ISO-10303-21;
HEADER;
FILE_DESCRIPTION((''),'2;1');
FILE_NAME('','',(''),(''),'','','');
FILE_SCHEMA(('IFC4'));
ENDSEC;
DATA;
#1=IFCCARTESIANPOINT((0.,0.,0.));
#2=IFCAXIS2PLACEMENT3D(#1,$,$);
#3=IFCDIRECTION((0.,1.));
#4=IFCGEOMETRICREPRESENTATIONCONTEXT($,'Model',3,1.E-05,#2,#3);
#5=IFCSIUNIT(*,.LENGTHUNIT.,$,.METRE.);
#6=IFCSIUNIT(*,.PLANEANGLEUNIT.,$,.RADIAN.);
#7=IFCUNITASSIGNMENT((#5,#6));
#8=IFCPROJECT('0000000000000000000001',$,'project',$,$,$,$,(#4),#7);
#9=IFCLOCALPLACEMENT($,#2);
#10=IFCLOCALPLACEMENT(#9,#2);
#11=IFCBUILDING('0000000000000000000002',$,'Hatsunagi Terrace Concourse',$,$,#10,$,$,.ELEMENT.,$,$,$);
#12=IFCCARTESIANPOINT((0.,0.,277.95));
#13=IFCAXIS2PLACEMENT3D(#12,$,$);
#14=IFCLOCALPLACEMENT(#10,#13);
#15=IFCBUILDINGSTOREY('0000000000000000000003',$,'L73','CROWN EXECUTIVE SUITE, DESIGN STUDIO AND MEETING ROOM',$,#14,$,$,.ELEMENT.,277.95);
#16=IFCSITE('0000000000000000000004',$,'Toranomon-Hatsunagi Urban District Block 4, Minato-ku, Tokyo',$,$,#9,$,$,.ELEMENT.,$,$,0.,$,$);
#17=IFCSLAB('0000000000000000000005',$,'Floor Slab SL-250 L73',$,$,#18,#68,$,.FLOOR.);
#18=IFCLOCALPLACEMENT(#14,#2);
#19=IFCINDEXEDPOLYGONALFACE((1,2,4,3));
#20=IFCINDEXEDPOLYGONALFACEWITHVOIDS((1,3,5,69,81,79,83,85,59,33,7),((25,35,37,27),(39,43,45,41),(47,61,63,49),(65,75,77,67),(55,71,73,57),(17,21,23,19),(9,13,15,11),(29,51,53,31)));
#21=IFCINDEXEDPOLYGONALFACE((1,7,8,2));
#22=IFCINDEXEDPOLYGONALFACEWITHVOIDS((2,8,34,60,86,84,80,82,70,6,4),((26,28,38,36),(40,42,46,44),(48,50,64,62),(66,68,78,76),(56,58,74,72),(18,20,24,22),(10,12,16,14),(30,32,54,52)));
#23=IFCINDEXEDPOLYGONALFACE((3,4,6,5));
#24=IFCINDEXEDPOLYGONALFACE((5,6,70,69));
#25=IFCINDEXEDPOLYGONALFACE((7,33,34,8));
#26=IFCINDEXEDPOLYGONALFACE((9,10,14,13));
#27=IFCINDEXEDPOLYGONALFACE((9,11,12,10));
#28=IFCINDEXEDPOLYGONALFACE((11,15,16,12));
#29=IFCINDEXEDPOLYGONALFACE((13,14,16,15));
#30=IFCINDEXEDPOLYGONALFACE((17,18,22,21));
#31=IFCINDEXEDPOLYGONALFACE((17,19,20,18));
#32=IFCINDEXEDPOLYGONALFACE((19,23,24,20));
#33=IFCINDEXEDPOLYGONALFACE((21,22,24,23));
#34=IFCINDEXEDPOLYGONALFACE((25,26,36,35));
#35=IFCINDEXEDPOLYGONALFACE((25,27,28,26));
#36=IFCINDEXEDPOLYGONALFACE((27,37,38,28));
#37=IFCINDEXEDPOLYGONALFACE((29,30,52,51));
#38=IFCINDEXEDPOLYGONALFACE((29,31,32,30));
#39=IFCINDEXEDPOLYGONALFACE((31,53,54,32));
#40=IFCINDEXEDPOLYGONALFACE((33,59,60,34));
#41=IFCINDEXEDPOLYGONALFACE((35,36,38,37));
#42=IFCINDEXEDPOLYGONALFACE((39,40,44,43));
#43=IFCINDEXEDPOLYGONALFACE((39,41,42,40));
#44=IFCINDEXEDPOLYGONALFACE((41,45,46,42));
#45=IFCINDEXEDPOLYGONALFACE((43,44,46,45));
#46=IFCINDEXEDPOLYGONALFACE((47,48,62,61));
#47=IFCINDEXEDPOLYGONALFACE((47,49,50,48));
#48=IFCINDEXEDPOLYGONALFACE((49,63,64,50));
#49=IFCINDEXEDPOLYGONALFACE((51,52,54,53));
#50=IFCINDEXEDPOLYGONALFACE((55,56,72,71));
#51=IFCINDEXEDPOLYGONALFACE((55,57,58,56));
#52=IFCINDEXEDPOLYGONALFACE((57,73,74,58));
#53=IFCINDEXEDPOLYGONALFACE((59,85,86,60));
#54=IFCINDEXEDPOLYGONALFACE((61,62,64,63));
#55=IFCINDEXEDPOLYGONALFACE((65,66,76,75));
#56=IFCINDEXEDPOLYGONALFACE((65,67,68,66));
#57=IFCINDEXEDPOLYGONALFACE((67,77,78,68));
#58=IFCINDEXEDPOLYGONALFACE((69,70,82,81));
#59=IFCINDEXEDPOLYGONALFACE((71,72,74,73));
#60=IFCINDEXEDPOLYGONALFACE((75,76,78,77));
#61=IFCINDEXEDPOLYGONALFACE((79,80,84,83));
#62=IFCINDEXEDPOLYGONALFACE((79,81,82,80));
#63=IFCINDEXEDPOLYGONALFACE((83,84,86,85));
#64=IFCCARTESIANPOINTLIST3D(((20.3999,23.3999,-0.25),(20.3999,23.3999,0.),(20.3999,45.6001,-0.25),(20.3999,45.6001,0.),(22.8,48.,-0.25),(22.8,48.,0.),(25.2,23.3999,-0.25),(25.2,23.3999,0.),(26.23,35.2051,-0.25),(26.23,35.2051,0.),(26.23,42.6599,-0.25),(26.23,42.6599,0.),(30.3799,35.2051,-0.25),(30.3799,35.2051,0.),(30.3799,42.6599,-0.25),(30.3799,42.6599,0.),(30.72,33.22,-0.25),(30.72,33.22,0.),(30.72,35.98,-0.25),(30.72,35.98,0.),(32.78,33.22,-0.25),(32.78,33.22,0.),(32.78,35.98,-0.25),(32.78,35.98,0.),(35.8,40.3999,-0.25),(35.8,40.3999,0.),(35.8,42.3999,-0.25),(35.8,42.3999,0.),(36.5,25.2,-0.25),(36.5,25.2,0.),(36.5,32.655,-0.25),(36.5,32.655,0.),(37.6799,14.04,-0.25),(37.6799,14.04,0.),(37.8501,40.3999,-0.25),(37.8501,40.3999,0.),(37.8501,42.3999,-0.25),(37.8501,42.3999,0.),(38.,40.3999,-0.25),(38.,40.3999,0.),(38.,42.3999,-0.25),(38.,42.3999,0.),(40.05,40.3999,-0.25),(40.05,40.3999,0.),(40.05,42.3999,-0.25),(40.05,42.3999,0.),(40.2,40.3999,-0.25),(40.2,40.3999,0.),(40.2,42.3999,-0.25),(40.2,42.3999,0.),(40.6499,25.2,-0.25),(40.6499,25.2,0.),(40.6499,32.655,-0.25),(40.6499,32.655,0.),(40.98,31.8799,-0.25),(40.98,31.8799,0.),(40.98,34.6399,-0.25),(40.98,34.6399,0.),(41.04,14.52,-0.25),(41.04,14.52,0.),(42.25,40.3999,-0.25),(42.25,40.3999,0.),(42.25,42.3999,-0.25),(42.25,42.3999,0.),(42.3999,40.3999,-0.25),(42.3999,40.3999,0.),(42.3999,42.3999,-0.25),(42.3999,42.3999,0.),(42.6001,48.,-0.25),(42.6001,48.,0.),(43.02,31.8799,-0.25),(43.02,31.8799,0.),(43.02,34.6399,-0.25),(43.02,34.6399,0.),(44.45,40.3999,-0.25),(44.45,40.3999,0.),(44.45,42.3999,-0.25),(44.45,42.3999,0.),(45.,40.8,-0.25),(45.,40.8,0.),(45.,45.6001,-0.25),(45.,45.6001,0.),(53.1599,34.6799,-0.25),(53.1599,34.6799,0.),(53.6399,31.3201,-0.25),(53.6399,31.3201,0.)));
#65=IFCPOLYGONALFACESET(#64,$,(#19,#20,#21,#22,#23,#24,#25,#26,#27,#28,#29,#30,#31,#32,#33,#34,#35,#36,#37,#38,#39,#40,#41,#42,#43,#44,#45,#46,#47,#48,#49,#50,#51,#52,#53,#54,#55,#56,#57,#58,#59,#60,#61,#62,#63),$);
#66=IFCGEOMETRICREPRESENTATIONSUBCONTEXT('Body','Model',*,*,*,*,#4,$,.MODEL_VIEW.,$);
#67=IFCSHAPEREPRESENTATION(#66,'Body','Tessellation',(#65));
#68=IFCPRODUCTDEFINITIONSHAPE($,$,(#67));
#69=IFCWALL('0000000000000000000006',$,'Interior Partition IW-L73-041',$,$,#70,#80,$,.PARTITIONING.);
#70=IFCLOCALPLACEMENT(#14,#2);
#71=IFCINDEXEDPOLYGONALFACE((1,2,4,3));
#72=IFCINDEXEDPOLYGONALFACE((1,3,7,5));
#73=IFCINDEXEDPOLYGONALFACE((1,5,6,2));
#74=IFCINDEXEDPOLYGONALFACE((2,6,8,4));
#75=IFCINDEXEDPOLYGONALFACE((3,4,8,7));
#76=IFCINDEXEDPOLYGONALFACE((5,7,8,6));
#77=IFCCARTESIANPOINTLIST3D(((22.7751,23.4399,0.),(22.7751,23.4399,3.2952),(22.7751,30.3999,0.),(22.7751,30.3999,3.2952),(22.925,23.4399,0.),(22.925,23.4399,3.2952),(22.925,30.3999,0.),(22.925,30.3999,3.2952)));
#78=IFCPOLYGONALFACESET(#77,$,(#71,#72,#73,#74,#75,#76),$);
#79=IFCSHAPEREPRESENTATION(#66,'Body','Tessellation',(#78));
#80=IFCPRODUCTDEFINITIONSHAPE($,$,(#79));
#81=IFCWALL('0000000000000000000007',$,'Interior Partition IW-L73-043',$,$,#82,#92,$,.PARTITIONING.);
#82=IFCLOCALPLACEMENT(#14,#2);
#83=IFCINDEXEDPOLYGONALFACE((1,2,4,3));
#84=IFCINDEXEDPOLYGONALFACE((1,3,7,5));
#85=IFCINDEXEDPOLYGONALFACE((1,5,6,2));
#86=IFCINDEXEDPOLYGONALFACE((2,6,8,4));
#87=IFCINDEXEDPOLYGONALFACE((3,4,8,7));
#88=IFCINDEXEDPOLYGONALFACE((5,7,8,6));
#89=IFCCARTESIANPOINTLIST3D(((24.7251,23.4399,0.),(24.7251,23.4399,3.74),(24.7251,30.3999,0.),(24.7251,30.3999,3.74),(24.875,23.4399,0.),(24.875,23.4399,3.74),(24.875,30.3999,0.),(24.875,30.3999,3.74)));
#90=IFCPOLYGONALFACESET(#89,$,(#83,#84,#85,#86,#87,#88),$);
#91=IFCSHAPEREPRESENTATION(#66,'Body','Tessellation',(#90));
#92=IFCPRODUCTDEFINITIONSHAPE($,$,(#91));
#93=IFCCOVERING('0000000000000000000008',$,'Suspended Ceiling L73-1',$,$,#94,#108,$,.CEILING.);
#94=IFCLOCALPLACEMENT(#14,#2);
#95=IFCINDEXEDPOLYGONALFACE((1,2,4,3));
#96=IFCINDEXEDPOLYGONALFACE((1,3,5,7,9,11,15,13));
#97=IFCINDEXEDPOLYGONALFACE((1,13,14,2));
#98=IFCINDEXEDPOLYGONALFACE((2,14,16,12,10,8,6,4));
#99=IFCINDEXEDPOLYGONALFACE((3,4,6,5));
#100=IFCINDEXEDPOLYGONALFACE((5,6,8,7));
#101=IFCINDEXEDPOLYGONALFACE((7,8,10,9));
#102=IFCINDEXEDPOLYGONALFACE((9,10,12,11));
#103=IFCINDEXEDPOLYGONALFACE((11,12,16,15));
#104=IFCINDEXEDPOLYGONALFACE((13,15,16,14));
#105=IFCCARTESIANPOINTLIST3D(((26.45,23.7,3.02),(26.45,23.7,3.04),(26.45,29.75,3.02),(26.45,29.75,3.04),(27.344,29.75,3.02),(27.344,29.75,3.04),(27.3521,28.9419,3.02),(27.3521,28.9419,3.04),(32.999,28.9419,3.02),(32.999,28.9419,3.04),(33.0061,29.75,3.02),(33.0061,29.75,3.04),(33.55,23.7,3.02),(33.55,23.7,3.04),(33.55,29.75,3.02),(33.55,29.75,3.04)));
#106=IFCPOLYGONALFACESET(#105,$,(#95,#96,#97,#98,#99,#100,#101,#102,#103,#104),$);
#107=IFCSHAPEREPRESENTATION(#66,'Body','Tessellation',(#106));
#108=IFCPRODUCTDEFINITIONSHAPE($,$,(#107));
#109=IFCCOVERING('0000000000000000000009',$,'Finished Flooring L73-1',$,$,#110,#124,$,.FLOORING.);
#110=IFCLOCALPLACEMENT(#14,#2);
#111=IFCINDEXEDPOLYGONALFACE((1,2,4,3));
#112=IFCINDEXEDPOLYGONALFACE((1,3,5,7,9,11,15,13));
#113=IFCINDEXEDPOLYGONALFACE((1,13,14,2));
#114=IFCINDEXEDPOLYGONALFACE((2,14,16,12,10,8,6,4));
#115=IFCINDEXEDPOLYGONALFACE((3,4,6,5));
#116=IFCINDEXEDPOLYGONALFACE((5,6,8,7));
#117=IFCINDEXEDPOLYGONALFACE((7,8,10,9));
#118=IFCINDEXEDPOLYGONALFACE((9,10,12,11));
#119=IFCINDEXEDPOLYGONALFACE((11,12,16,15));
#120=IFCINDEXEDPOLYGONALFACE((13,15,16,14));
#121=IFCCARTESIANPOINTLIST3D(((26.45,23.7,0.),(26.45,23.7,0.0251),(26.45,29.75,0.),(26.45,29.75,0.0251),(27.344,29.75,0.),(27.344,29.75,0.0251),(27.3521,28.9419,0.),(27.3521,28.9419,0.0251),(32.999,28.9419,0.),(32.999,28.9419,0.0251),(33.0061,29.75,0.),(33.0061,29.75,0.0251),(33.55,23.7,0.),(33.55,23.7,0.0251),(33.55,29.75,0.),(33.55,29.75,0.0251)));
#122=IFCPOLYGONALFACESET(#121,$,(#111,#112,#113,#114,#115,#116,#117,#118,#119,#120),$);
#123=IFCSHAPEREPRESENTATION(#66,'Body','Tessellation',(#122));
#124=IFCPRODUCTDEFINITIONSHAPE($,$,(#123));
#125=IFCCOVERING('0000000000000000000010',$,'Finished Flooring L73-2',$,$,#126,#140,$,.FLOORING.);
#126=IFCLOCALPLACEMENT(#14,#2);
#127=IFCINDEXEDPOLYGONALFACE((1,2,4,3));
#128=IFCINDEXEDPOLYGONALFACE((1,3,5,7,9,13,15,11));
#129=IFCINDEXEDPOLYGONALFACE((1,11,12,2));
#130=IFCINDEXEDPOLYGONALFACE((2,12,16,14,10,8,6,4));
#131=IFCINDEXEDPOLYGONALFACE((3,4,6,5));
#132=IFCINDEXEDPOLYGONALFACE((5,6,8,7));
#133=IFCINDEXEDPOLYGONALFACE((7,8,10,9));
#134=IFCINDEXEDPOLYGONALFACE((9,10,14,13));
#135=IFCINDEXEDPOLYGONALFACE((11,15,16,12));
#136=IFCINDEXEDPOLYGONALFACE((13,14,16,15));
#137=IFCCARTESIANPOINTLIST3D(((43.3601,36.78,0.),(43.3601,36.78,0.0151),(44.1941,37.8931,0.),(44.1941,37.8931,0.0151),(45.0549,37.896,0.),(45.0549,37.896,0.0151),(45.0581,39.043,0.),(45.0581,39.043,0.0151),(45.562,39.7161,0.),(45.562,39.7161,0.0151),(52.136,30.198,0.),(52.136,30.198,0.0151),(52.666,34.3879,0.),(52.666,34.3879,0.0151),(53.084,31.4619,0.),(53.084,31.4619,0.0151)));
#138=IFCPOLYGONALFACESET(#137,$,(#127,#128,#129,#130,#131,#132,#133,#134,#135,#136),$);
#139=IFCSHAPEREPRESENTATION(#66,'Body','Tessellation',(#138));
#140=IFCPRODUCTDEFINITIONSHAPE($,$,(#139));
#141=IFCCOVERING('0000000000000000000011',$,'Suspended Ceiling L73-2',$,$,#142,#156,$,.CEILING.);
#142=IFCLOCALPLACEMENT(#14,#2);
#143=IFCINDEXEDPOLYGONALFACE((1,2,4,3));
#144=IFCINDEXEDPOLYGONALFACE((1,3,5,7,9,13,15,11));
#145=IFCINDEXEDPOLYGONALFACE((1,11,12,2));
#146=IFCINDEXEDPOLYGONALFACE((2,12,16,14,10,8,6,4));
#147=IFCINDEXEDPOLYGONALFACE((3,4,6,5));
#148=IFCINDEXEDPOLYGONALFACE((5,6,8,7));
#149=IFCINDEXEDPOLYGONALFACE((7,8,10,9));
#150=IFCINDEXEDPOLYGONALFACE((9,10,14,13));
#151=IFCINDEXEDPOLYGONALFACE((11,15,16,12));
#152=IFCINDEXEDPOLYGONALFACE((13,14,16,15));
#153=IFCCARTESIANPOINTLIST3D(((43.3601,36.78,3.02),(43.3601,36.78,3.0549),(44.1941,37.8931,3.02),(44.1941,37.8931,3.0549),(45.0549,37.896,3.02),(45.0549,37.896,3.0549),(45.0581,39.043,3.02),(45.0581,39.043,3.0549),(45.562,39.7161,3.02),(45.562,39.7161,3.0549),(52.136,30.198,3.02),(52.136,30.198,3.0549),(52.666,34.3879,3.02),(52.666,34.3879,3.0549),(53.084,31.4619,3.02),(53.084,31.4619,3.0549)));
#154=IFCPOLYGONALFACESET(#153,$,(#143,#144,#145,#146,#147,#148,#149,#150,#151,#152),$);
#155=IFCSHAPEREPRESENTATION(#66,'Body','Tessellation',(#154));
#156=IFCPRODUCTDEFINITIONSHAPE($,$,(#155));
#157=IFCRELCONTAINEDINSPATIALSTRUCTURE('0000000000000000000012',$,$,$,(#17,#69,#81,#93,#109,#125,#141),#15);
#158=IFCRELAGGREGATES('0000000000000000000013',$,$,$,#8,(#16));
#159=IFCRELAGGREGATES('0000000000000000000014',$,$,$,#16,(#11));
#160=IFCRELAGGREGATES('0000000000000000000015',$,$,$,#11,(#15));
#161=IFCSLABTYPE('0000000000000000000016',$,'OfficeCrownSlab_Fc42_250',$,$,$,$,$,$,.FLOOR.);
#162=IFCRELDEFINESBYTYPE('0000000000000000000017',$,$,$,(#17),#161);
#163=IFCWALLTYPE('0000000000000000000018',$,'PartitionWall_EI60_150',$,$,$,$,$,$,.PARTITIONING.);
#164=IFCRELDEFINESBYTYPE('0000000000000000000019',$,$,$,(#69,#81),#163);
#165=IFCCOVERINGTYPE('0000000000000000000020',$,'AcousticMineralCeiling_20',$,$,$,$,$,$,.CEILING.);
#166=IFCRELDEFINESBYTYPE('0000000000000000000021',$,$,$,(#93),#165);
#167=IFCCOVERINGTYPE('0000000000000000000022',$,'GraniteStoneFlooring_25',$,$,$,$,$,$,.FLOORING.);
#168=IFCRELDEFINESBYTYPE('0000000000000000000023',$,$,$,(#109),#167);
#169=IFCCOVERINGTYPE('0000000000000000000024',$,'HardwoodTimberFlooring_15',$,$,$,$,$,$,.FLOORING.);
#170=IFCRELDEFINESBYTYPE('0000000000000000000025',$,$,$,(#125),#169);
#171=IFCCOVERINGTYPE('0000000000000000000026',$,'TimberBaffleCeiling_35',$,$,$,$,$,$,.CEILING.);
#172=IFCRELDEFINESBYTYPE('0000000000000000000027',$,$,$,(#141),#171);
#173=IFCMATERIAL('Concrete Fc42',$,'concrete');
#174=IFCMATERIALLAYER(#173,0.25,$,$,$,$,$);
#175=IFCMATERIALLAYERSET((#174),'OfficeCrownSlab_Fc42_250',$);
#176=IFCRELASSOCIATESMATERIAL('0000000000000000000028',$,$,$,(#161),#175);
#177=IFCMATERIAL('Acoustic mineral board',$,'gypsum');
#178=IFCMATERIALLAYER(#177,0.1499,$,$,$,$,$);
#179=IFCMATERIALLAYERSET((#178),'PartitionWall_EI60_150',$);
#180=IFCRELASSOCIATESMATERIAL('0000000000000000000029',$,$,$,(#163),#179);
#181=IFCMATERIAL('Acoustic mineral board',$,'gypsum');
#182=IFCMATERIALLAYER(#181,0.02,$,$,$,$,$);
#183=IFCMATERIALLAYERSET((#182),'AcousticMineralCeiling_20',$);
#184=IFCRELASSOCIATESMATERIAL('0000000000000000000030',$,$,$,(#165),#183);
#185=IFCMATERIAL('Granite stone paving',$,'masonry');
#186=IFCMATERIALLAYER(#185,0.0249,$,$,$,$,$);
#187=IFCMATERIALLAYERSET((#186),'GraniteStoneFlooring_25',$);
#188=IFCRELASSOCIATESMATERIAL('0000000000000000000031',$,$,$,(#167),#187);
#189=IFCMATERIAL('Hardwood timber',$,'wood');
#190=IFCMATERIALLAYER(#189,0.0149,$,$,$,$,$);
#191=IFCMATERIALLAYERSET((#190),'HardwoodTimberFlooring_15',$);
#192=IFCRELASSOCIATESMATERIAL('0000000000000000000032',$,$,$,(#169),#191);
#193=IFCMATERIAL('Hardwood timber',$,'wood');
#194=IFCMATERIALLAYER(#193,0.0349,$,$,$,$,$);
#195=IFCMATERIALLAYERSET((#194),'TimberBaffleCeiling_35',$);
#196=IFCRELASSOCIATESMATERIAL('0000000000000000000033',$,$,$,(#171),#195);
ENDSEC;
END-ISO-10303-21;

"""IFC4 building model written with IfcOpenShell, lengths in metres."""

from ifc_helpers import new_model, si_unit, direction, frame, frame_2d, origin, place, context, subcontext, project, spatial, polyline, rectangle, outline, extrude, material, layer, layer_set, type_object, element, save


model = new_model("IFC4")

# Units and contexts
model_context = context("Model", 3, precision=1e-05, world=origin(), true_north=direction((0.0, 1.0)))
body_context = subcontext(model_context, "Body", "Model", "MODEL_VIEW")
ifc_project = project(units=[si_unit("LENGTHUNIT", "METRE"), si_unit("PLANEANGLEUNIT", "RADIAN")], contexts=[model_context])

# Site, building, storey
site_placement = place(None, origin())
site = spatial("IfcSite", under=ifc_project, at=site_placement, Name="Toranomon-Hatsunagi Urban District Block 4, Minato-ku, Tokyo", CompositionType="ELEMENT", RefElevation=0.0)
building_placement = place(site_placement, origin())
building = spatial("IfcBuilding", under=site, at=building_placement, Name="Hatsunagi Terrace Concourse", CompositionType="ELEMENT")
storey_placement = place(building_placement, frame((0.0, 0.0, 277.95)))
storey = spatial("IfcBuildingStorey", under=building, at=storey_placement, Name="L73", Description="CROWN EXECUTIVE SUITE, DESIGN STUDIO AND MEETING ROOM", CompositionType="ELEMENT", Elevation=277.95)

# Slab
ifc_material_1 = material(Name="Concrete Fc42", Category="concrete")
ifc_layer_1 = layer(ifc_material_1, 0.25)
ifc_layer_set_1 = layer_set([ifc_layer_1], Name="OfficeCrownSlab_Fc42_250")
slab_type_1 = type_object("IfcSlabType", Name="OfficeCrownSlab_Fc42_250", PredefinedType="FLOOR", material=ifc_layer_set_1)
slab_1_placement = place(storey_placement, frame((0.0, 0.0, -0.25)))
element("IfcSlab", 1, at=slab_1_placement, inside=storey, type_object=slab_type_1, Name="Floor Slab SL-250 L73", PredefinedType="FLOOR", context=body_context, shape_type="SweptSolid", body=[
    extrude(outline(polyline([(45.0, 40.8), (45.0, 45.6001), (42.6001, 48.0), (22.8, 48.0), (20.3999, 45.6001), (20.3999, 23.3999), (25.2, 23.3999), (37.6799, 14.04), (41.04, 14.52), (53.6399, 31.3201), (53.1599, 34.6799), (45.0, 40.8)]), holes=[polyline([(26.23, 35.2051), (30.3799, 35.2051), (30.3799, 42.6599), (26.23, 42.6599), (26.23, 35.2051)]), polyline([(36.5, 25.2), (40.6499, 25.2), (40.6499, 32.655), (36.5, 32.655), (36.5, 25.2)]), polyline([(30.72, 33.22), (32.78, 33.22), (32.78, 35.98), (30.72, 35.98), (30.72, 33.22)]), polyline([(40.98, 31.8799), (43.02, 31.8799), (43.02, 34.6399), (40.98, 34.6399), (40.98, 31.8799)]), polyline([(35.8, 40.3999), (37.8501, 40.3999), (37.8501, 42.3999), (35.8, 42.3999), (35.8, 40.3999)]), polyline([(38.0, 40.3999), (40.05, 40.3999), (40.05, 42.3999), (38.0, 42.3999), (38.0, 40.3999)]), polyline([(40.2, 40.3999), (42.25, 40.3999), (42.25, 42.3999), (40.2, 42.3999), (40.2, 40.3999)]), polyline([(42.3999, 40.3999), (44.45, 40.3999), (44.45, 42.3999), (42.3999, 42.3999), (42.3999, 40.3999)])]), origin(), (0.0, 0.0, 1.0), 0.25),
])

# Walls
ifc_material_2 = material(Name="Acoustic mineral board", Category="gypsum")
ifc_layer_2 = layer(ifc_material_2, 0.1499)
ifc_layer_set_2 = layer_set([ifc_layer_2], Name="PartitionWall_EI60_150")
wall_type = type_object("IfcWallType", Name="PartitionWall_EI60_150", PredefinedType="PARTITIONING", material=ifc_layer_set_2)
wall_1_placement = place(storey_placement, frame((22.8501, 23.4399, 0.0), z_axis=(0.0, 0.0, 1.0), x_axis=(0.0, 1.0, 0.0)))
element("IfcWall", 2, at=wall_1_placement, inside=storey, type_object=wall_type, Name="Interior Partition IW-L73-041", PredefinedType="PARTITIONING", context=body_context, shape_type="SweptSolid", body=[
    extrude(rectangle(XDim=6.96, YDim=0.1499, at=frame_2d((3.48, 0.0))), origin(), (0.0, 0.0, 1.0), 3.2952),
])
wall_2_placement = place(storey_placement, frame((24.8, 23.4399, 0.0), z_axis=(0.0, 0.0, 1.0), x_axis=(0.0, 1.0, 0.0)))
element("IfcWall", 3, at=wall_2_placement, inside=storey, type_object=wall_type, Name="Interior Partition IW-L73-043", PredefinedType="PARTITIONING", context=body_context, shape_type="SweptSolid", body=[
    extrude(rectangle(XDim=6.96, YDim=0.1499, at=frame_2d((3.48, 0.0))), origin(), (0.0, 0.0, 1.0), 3.74),
])

# Coverings
ifc_material_3 = material(Name="Acoustic mineral board", Category="gypsum")
ifc_layer_3 = layer(ifc_material_3, 0.02)
ifc_layer_set_3 = layer_set([ifc_layer_3], Name="AcousticMineralCeiling_20")
covering_type_1 = type_object("IfcCoveringType", Name="AcousticMineralCeiling_20", PredefinedType="CEILING", material=ifc_layer_set_3)
covering_1_placement = place(storey_placement, frame((0.0, 0.0, 3.02)))
element("IfcCovering", 4, at=covering_1_placement, inside=storey, type_object=covering_type_1, Name="Suspended Ceiling L73-1", PredefinedType="CEILING", context=body_context, shape_type="SweptSolid", body=[
    extrude(outline(polyline([(33.55, 29.75), (33.0061, 29.75), (32.999, 28.9419), (27.3521, 28.9419), (27.344, 29.75), (26.45, 29.75), (26.45, 23.7), (33.55, 23.7), (33.55, 29.75)])), origin(), (0.0, 0.0, 1.0), 0.02),
])
ifc_material_4 = material(Name="Granite stone paving", Category="masonry")
ifc_layer_4 = layer(ifc_material_4, 0.0249)
ifc_layer_set_4 = layer_set([ifc_layer_4], Name="GraniteStoneFlooring_25")
covering_type_2 = type_object("IfcCoveringType", Name="GraniteStoneFlooring_25", PredefinedType="FLOORING", material=ifc_layer_set_4)
covering_2_placement = place(storey_placement, origin())
element("IfcCovering", 5, at=covering_2_placement, inside=storey, type_object=covering_type_2, Name="Finished Flooring L73-1", PredefinedType="FLOORING", context=body_context, shape_type="SweptSolid", body=[
    extrude(outline(polyline([(33.55, 29.75), (33.0061, 29.75), (32.999, 28.9419), (27.3521, 28.9419), (27.344, 29.75), (26.45, 29.75), (26.45, 23.7), (33.55, 23.7), (33.55, 29.75)])), origin(), (0.0, 0.0, 1.0), 0.0251),
])
ifc_material_5 = material(Name="Hardwood timber", Category="wood")
ifc_layer_5 = layer(ifc_material_5, 0.0149)
ifc_layer_set_5 = layer_set([ifc_layer_5], Name="HardwoodTimberFlooring_15")
covering_type_3 = type_object("IfcCoveringType", Name="HardwoodTimberFlooring_15", PredefinedType="FLOORING", material=ifc_layer_set_5)
covering_3_placement = place(storey_placement, origin())
element("IfcCovering", 6, at=covering_3_placement, inside=storey, type_object=covering_type_3, Name="Finished Flooring L73-2", PredefinedType="FLOORING", context=body_context, shape_type="SweptSolid", body=[
    extrude(outline(polyline([(52.666, 34.3879), (45.562, 39.7161), (45.0581, 39.043), (45.0549, 37.896), (44.1941, 37.8931), (43.3601, 36.78), (52.136, 30.198), (53.084, 31.4619), (52.666, 34.3879)])), origin(), (0.0, 0.0, 1.0), 0.0151),
])
ifc_material_6 = material(Name="Hardwood timber", Category="wood")
ifc_layer_6 = layer(ifc_material_6, 0.0349)
ifc_layer_set_6 = layer_set([ifc_layer_6], Name="TimberBaffleCeiling_35")
covering_type_4 = type_object("IfcCoveringType", Name="TimberBaffleCeiling_35", PredefinedType="CEILING", material=ifc_layer_set_6)
covering_4_placement = place(storey_placement, frame((0.0, 0.0, 3.02)))
element("IfcCovering", 7, at=covering_4_placement, inside=storey, type_object=covering_type_4, Name="Suspended Ceiling L73-2", PredefinedType="CEILING", context=body_context, shape_type="SweptSolid", body=[
    extrude(outline(polyline([(52.666, 34.3879), (45.562, 39.7161), (45.0581, 39.043), (45.0549, 37.896), (44.1941, 37.8931), (43.3601, 36.78), (52.136, 30.198), (53.084, 31.4619), (52.666, 34.3879)])), origin(), (0.0, 0.0, 1.0), 0.0349),
])

save(model, "model.ifc")
